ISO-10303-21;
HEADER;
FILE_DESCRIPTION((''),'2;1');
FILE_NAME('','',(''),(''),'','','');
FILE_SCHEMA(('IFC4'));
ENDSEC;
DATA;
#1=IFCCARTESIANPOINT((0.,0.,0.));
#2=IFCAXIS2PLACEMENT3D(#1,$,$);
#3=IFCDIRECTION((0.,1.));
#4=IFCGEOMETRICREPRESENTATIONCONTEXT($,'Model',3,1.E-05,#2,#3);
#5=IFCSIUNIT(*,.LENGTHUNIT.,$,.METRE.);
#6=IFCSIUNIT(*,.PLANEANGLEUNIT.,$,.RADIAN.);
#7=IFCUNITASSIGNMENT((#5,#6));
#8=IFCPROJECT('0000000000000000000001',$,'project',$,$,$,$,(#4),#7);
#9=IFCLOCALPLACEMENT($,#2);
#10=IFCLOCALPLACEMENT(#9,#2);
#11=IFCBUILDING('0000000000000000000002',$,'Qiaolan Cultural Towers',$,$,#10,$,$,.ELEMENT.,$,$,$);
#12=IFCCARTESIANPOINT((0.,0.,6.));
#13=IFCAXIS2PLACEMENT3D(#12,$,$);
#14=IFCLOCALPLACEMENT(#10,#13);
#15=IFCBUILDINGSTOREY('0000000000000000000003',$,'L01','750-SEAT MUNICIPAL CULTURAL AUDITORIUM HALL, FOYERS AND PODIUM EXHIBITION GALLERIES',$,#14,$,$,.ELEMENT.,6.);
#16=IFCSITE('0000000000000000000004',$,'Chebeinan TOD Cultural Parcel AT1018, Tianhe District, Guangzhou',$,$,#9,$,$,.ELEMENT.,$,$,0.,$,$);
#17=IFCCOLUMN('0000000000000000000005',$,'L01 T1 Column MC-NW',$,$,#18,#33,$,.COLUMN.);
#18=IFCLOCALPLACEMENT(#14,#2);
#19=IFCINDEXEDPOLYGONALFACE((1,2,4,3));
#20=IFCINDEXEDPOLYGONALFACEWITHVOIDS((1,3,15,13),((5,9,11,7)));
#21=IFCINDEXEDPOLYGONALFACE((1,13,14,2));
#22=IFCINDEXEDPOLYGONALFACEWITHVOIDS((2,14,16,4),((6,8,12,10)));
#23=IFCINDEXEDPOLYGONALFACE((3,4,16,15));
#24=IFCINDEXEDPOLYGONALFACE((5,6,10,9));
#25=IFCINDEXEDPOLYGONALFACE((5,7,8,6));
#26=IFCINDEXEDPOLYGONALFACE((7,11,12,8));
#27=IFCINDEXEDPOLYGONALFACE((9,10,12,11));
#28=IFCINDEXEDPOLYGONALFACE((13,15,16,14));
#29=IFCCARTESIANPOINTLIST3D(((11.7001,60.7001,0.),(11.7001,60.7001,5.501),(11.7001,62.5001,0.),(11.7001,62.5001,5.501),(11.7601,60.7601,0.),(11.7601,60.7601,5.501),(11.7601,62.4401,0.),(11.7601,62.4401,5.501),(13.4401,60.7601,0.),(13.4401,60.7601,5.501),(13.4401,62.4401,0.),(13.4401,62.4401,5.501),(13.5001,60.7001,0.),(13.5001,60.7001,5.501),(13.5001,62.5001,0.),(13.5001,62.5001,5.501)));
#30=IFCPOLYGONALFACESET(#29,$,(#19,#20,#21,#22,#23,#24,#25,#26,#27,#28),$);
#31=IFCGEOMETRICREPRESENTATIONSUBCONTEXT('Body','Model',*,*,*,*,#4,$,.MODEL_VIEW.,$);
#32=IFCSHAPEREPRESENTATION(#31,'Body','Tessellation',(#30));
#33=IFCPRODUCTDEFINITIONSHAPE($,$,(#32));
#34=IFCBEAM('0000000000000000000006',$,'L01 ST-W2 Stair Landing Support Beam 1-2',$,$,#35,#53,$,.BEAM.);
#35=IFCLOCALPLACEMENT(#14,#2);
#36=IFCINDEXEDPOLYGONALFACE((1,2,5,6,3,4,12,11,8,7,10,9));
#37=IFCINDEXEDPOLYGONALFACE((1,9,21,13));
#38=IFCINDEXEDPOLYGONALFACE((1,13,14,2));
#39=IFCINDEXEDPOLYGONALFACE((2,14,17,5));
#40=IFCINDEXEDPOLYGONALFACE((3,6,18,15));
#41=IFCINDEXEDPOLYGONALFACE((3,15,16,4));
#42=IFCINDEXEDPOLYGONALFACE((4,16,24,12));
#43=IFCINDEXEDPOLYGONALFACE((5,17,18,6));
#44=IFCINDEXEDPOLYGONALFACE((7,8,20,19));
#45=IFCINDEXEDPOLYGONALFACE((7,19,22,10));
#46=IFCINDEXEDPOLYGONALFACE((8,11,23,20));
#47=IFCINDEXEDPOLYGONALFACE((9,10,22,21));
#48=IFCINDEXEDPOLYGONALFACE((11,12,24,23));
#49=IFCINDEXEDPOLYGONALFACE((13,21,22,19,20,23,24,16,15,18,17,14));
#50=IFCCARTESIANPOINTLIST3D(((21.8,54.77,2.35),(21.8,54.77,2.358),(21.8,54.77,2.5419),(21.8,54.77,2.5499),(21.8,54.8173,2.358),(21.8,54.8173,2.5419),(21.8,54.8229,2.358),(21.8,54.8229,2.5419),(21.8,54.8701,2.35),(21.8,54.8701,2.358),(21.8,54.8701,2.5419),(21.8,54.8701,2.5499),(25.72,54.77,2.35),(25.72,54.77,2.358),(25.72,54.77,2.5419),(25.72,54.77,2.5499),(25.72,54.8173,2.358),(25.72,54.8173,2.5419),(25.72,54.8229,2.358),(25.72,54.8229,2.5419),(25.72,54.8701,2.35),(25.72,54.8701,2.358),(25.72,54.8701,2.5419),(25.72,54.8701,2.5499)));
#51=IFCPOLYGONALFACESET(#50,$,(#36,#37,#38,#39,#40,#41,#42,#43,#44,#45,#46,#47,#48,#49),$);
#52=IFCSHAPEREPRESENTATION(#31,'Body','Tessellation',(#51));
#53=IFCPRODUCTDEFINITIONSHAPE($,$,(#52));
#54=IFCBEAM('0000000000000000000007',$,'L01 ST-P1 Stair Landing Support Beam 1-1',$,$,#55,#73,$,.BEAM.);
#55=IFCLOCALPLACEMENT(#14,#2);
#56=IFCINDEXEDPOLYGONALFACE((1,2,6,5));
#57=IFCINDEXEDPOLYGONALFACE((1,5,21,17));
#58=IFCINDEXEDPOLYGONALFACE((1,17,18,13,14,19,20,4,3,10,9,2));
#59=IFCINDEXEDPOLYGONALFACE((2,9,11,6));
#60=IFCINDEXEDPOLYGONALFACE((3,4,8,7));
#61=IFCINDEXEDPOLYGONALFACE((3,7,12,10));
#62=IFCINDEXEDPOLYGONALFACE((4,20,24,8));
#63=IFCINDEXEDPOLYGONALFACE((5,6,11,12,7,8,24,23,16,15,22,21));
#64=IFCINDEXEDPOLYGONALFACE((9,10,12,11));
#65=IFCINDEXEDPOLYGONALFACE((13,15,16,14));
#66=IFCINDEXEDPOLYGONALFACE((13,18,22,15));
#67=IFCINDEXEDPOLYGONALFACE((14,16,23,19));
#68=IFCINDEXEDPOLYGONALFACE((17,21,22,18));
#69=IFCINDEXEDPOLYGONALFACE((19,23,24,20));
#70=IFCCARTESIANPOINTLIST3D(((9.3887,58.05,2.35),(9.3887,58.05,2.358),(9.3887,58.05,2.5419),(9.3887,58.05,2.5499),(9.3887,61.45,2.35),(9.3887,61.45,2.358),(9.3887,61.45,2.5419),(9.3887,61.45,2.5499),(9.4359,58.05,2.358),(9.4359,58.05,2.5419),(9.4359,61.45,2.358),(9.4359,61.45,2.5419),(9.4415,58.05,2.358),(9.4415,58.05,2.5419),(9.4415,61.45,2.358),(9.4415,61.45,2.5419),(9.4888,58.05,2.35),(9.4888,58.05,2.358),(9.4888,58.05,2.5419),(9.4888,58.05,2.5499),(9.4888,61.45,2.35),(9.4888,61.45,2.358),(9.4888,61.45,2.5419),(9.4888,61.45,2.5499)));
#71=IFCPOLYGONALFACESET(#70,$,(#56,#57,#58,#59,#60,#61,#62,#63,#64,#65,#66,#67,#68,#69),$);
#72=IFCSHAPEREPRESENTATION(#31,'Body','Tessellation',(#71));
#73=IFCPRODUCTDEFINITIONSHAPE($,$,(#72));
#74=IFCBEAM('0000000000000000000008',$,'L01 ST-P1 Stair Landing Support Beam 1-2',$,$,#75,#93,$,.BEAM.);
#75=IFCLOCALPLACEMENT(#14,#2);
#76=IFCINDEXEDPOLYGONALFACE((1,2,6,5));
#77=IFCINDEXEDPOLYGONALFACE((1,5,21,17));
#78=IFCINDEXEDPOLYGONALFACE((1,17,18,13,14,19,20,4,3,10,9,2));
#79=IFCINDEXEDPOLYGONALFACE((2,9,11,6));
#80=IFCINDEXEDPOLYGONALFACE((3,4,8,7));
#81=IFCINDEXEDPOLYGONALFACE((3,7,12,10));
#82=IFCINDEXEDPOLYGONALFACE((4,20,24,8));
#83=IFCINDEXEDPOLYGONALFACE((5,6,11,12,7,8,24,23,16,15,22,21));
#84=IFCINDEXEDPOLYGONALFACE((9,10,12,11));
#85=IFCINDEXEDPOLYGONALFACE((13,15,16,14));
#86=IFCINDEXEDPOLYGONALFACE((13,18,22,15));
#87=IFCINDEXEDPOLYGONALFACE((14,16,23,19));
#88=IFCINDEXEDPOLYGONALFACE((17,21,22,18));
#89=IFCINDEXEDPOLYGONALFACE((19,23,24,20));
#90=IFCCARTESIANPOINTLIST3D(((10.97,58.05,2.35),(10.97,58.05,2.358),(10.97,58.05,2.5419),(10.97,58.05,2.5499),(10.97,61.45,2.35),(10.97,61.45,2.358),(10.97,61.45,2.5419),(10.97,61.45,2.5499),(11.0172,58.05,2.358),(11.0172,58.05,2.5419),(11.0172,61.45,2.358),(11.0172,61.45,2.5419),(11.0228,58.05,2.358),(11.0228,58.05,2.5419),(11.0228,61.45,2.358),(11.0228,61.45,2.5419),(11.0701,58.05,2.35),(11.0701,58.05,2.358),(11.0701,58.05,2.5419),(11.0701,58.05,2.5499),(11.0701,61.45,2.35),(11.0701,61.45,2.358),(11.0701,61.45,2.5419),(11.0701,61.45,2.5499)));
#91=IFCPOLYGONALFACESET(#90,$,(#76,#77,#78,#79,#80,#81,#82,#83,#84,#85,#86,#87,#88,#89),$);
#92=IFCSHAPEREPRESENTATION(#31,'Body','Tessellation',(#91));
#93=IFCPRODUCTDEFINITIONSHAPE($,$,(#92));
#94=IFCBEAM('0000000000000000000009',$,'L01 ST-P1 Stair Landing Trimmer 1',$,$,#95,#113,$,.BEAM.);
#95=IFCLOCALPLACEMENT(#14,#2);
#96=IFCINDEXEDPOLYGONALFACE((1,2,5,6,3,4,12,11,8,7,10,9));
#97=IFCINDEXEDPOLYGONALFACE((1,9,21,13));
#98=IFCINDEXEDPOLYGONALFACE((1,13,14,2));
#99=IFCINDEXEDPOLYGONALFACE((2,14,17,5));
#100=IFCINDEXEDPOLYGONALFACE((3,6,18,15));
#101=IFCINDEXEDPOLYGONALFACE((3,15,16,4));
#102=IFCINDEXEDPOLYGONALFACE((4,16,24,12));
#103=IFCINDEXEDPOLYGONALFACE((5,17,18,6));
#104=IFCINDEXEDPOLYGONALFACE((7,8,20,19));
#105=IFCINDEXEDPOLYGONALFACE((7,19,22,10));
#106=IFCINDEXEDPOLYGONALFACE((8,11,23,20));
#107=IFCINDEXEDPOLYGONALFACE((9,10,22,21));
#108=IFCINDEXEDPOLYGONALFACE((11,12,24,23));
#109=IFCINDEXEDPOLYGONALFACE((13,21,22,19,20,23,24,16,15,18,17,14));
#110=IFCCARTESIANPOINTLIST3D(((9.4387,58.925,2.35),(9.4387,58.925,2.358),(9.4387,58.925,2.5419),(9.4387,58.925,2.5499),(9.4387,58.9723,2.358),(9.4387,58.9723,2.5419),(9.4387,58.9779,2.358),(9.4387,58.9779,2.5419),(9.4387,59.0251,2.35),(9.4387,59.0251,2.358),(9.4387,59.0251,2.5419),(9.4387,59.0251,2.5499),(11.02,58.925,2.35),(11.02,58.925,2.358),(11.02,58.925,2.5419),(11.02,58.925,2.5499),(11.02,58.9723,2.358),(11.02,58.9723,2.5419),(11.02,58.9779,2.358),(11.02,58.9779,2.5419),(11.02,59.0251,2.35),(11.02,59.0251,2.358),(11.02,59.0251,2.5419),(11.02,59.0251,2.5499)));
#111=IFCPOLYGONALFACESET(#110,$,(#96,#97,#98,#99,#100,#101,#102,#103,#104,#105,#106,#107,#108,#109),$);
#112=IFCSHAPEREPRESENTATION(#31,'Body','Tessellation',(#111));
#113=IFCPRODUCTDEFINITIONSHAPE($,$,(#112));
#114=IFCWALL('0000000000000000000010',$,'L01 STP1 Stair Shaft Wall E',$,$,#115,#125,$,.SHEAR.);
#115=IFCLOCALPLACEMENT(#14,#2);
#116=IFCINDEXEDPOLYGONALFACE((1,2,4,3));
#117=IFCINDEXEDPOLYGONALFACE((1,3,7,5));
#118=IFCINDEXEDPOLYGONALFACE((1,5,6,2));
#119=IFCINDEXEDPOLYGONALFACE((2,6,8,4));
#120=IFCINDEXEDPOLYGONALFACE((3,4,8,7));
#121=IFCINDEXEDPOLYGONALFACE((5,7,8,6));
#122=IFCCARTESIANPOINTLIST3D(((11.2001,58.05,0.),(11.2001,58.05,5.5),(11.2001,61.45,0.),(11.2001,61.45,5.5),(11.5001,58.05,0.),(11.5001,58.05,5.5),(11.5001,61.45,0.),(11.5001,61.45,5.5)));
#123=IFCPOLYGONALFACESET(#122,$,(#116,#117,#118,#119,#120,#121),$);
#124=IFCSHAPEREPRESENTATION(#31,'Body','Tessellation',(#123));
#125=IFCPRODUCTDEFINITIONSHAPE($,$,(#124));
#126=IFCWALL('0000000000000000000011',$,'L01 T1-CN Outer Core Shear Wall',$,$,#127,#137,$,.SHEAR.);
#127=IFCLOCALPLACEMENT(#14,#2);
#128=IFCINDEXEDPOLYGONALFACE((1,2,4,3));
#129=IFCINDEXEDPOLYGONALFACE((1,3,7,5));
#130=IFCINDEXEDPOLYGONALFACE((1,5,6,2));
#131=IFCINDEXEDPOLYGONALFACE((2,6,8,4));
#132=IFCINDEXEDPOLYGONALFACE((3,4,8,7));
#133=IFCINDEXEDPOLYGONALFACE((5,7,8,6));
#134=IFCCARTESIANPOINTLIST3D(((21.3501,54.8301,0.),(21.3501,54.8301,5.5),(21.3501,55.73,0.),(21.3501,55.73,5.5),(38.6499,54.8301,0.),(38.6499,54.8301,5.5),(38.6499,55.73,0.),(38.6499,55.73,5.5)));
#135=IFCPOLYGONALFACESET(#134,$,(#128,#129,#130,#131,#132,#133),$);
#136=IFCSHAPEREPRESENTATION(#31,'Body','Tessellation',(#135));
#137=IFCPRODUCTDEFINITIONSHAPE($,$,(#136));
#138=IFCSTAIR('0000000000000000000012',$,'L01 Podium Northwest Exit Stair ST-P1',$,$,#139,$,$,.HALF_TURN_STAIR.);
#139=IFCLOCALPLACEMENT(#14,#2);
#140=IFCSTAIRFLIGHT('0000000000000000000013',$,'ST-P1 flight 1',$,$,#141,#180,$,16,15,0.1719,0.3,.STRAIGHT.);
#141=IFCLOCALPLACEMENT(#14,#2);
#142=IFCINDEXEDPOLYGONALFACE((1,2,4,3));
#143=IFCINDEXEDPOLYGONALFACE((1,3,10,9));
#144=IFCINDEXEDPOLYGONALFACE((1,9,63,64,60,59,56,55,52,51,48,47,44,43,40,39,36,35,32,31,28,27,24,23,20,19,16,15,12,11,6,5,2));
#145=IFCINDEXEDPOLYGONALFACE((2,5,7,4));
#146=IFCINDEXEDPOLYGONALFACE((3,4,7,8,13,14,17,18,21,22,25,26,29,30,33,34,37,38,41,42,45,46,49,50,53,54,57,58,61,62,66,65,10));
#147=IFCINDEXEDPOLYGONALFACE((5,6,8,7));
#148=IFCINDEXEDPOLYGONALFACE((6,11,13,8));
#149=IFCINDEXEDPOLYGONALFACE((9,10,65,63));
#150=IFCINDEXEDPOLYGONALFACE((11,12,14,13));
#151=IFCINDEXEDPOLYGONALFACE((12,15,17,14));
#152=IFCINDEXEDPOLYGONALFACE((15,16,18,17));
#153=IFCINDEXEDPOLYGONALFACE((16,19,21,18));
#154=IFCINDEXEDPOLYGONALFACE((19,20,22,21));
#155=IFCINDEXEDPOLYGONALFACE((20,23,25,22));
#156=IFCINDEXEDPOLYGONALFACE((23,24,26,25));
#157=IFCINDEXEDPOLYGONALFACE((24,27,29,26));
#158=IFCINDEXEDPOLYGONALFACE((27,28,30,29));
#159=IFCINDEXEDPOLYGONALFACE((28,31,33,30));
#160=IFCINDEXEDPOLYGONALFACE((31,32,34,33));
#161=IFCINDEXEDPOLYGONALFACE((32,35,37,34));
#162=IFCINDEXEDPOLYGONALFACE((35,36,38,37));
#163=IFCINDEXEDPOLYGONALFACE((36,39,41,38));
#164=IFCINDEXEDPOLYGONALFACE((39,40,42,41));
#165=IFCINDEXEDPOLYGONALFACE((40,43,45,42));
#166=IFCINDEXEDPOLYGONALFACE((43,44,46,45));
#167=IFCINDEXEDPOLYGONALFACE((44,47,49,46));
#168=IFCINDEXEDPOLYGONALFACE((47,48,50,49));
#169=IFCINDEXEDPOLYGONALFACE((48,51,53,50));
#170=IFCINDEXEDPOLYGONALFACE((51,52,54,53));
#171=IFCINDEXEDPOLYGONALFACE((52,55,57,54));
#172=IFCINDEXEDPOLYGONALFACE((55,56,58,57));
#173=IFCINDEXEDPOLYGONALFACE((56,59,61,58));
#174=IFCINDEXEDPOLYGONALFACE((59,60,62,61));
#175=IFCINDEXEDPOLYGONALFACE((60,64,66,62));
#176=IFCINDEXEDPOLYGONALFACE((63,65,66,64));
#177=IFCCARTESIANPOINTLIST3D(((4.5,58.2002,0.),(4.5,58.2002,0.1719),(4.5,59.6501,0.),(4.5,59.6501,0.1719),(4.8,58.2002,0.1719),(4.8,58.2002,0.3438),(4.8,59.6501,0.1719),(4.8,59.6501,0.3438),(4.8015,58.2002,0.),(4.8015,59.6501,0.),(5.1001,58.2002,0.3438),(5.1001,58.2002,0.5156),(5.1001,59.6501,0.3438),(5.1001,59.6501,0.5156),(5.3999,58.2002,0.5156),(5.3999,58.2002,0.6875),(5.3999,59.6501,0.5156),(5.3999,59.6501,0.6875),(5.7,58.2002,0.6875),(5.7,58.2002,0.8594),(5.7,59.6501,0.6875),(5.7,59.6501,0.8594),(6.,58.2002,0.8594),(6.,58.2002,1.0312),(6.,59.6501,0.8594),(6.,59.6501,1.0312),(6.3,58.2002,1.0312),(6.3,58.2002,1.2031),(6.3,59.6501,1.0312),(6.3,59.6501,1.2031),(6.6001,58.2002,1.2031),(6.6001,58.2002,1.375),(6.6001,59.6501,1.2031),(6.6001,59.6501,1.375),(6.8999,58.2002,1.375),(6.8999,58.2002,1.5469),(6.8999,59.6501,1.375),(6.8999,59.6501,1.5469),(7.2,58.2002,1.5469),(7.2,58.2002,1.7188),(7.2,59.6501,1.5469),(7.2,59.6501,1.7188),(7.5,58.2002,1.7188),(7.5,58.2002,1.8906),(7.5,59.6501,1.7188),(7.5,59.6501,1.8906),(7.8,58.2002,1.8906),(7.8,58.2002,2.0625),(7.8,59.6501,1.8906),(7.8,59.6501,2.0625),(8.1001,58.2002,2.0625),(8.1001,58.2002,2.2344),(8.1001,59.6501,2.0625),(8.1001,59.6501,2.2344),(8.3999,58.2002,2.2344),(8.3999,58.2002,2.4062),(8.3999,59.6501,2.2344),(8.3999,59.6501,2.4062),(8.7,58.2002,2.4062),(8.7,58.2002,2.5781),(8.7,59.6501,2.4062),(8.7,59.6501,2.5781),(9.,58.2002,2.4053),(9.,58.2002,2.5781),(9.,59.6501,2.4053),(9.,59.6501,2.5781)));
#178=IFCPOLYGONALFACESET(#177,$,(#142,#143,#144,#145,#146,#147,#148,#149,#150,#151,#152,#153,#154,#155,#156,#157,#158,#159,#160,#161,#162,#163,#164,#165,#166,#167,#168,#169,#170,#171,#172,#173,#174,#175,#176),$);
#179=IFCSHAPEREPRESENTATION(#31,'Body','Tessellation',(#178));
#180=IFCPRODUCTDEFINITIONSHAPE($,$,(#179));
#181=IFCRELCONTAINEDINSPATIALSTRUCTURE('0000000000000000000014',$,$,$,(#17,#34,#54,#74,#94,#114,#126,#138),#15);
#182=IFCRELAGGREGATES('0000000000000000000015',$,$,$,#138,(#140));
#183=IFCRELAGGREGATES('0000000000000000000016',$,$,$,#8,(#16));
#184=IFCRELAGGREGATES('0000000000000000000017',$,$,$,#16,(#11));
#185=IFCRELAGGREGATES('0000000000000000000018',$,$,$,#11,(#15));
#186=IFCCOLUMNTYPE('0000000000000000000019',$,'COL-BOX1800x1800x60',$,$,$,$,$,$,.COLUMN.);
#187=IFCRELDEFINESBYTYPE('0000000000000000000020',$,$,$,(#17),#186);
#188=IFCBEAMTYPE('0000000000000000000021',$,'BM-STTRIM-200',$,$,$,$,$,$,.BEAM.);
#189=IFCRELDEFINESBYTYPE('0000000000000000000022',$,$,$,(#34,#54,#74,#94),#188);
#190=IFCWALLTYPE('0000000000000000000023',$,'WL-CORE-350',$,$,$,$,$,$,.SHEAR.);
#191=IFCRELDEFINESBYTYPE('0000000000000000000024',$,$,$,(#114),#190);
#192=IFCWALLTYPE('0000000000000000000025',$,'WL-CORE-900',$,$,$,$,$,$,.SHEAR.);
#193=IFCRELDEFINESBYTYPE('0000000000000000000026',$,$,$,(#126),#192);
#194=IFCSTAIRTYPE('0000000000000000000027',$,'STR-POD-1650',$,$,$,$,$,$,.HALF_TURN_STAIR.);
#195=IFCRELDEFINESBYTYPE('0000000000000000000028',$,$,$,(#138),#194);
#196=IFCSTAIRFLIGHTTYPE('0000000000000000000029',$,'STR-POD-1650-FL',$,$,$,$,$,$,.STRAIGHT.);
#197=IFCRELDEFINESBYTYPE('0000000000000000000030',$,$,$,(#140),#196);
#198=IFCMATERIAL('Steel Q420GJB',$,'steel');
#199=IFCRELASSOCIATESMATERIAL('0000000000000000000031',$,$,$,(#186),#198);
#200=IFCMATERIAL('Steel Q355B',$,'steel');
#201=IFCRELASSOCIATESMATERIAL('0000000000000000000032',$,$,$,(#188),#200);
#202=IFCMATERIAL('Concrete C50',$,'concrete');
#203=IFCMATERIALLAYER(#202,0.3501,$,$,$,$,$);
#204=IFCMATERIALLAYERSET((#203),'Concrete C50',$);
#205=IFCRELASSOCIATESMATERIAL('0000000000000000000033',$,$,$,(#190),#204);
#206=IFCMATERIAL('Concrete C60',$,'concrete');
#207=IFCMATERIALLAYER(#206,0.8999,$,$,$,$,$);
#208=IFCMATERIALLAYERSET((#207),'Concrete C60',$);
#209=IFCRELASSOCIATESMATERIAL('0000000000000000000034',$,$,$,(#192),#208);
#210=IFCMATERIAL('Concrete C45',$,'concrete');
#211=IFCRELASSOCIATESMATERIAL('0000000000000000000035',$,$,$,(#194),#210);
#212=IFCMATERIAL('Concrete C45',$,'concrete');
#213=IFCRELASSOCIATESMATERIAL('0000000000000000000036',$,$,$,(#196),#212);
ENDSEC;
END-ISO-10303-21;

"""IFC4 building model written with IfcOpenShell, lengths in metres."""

from ifc_helpers import new_model, si_unit, direction, frame, frame_2d, origin, origin_2d, place, context, subcontext, project, spatial, polyline, rectangle, hollow_rectangle, i_section, outline, extrude, material, layer, layer_set, material_profile, profile_set, type_object, element, aggregate, save


model = new_model("IFC4")

# Units and contexts
model_context = context("Model", 3, precision=1e-05, world=origin(), true_north=direction((0.0, 1.0)))
body_context = subcontext(model_context, "Body", "Model", "MODEL_VIEW")
ifc_project = project(units=[si_unit("LENGTHUNIT", "METRE"), si_unit("PLANEANGLEUNIT", "RADIAN")], contexts=[model_context])

# Site, building, storey
site_placement = place(None, origin())
site = spatial("IfcSite", under=ifc_project, at=site_placement, Name="Chebeinan TOD Cultural Parcel AT1018, Tianhe District, Guangzhou", CompositionType="ELEMENT", RefElevation=0.0)
building_placement = place(site_placement, origin())
building = spatial("IfcBuilding", under=site, at=building_placement, Name="Qiaolan Cultural Towers", CompositionType="ELEMENT")
storey_placement = place(building_placement, frame((0.0, 0.0, 6.0)))
storey = spatial("IfcBuildingStorey", under=building, at=storey_placement, Name="L01", Description="750-SEAT MUNICIPAL CULTURAL AUDITORIUM HALL, FOYERS AND PODIUM EXHIBITION GALLERIES", CompositionType="ELEMENT", Elevation=6.0)

# Column
ifc_material_1 = material(Name="Steel Q420GJB", Category="steel")
ifc_material_profile_1 = material_profile(ifc_material_1, hollow_rectangle(XDim=1.8, YDim=1.8, WallThickness=0.0601, at=origin_2d()), Name="BOX1800x1800x60")
ifc_profile_set_1 = profile_set([ifc_material_profile_1], Name="Steel Q420GJB")
column_type = type_object("IfcColumnType", Name="COL-BOX1800x1800x60", PredefinedType="COLUMN", material=ifc_profile_set_1)
column_placement = place(storey_placement, frame((12.6001, 61.6001, 0.0), z_axis=(0.0, 0.0, 1.0), x_axis=(1.0, 0.0, 0.0)))
element("IfcColumn", 1, at=column_placement, inside=storey, type_object=column_type, Name="L01 T1 Column MC-NW", PredefinedType="COLUMN", context=body_context, shape_type="SweptSolid", body=[
    extrude(hollow_rectangle(XDim=1.8, YDim=1.8, WallThickness=0.0601, at=origin_2d()), origin(), (0.0, 0.0, 1.0), 5.501),
])

# Beams
ifc_material_2 = material(Name="Steel Q355B", Category="steel")
ifc_material_profile_2 = material_profile(ifc_material_2, i_section(OverallWidth=0.1001, OverallDepth=0.2, WebThickness=0.0056, FlangeThickness=0.0081, at=origin_2d()), Name="HN200x100x5.5x8")
ifc_profile_set_2 = profile_set([ifc_material_profile_2], Name="Steel Q355B")
beam_type = type_object("IfcBeamType", Name="BM-STTRIM-200", PredefinedType="BEAM", material=ifc_profile_set_2)
beam_1_placement = place(storey_placement, frame((21.8, 54.8201, 2.45), z_axis=(1.0, 0.0, 0.0), x_axis=(0.0, 1.0, 0.0)))
element("IfcBeam", 2, at=beam_1_placement, inside=storey, type_object=beam_type, Name="L01 ST-W2 Stair Landing Support Beam 1-2", PredefinedType="BEAM", context=body_context, shape_type="SweptSolid", body=[
    extrude(i_section(OverallWidth=0.1001, OverallDepth=0.2, WebThickness=0.0056, FlangeThickness=0.0081, at=origin_2d()), origin(), (0.0, 0.0, 1.0), 3.9199),
])
for number, where, z_axis, x_axis, name in (
    (3, (9.4387, 58.05, 2.45), (0.0, 1.0, 0.0), (-1.0, 0.0, 0.0), "L01 ST-P1 Stair Landing Support Beam 1-1"),
    (4, (11.02, 58.05, 2.45), (0.0, 1.0, 0.0), (-1.0, 0.0, 0.0), "L01 ST-P1 Stair Landing Support Beam 1-2"),
):
    element("IfcBeam", number, at=place(storey_placement, frame(where, z_axis=z_axis, x_axis=x_axis)), inside=storey, type_object=beam_type, Name=name, PredefinedType="BEAM", context=body_context, shape_type="SweptSolid", body=[
        extrude(i_section(OverallWidth=0.1001, OverallDepth=0.2, WebThickness=0.0056, FlangeThickness=0.0081, at=origin_2d()), origin(), (0.0, 0.0, 1.0), 3.3999),
    ])
beam_2_placement = place(storey_placement, frame((9.4387, 58.9751, 2.45), z_axis=(1.0, 0.0, 0.0), x_axis=(0.0, 1.0, 0.0)))
element("IfcBeam", 5, at=beam_2_placement, inside=storey, type_object=beam_type, Name="L01 ST-P1 Stair Landing Trimmer 1", PredefinedType="BEAM", context=body_context, shape_type="SweptSolid", body=[
    extrude(i_section(OverallWidth=0.1001, OverallDepth=0.2, WebThickness=0.0056, FlangeThickness=0.0081, at=origin_2d()), origin(), (0.0, 0.0, 1.0), 1.5813),
])

# Walls
ifc_material_3 = material(Name="Concrete C50", Category="concrete")
ifc_layer_1 = layer(ifc_material_3, 0.3501)
ifc_layer_set_1 = layer_set([ifc_layer_1], Name="Concrete C50")
wall_type_1 = type_object("IfcWallType", Name="WL-CORE-350", PredefinedType="SHEAR", material=ifc_layer_set_1)
wall_1_placement = place(storey_placement, frame((11.3501, 58.05, 0.0), z_axis=(0.0, 0.0, 1.0), x_axis=(0.0, 1.0, 0.0)))
element("IfcWall", 6, at=wall_1_placement, inside=storey, type_object=wall_type_1, Name="L01 STP1 Stair Shaft Wall E", PredefinedType="SHEAR", context=body_context, shape_type="SweptSolid", body=[
    extrude(rectangle(XDim=3.3999, YDim=0.3, at=frame_2d((1.7, 0.0))), origin(), (0.0, 0.0, 1.0), 5.5),
])
ifc_material_4 = material(Name="Concrete C60", Category="concrete")
ifc_layer_2 = layer(ifc_material_4, 0.8999)
ifc_layer_set_2 = layer_set([ifc_layer_2], Name="Concrete C60")
wall_type_2 = type_object("IfcWallType", Name="WL-CORE-900", PredefinedType="SHEAR", material=ifc_layer_set_2)
wall_2_placement = place(storey_placement, frame((21.3501, 55.28, 0.0), z_axis=(0.0, 0.0, 1.0), x_axis=(1.0, 0.0, 0.0)))
element("IfcWall", 7, at=wall_2_placement, inside=storey, type_object=wall_type_2, Name="L01 T1-CN Outer Core Shear Wall", PredefinedType="SHEAR", context=body_context, shape_type="SweptSolid", body=[
    extrude(rectangle(XDim=17.2998, YDim=0.8999, at=frame_2d((8.6499, 0.0))), origin(), (0.0, 0.0, 1.0), 5.5),
])

# Stair, stair flight
ifc_material_5 = material(Name="Concrete C45", Category="concrete")
stair_type = type_object("IfcStairType", Name="STR-POD-1650", PredefinedType="HALF_TURN_STAIR", material=ifc_material_5)
stair_placement = place(storey_placement, origin())
stair = element("IfcStair", 8, at=stair_placement, inside=storey, type_object=stair_type, Name="L01 Podium Northwest Exit Stair ST-P1", PredefinedType="HALF_TURN_STAIR")
ifc_material_6 = material(Name="Concrete C45", Category="concrete")
stair_flight_type = type_object("IfcStairFlightType", Name="STR-POD-1650-FL", PredefinedType="STRAIGHT", material=ifc_material_6)
stair_flight_1_placement = place(storey_placement, frame((4.5, 58.925, 0.0), z_axis=(0.0, 0.0, 1.0), x_axis=(1.0, 0.0, 0.0)))
stair_flight_1 = element("IfcStairFlight", 9, at=stair_flight_1_placement, type_object=stair_flight_type, Name="ST-P1 flight 1", NumberOfRisers=16, NumberOfTreads=15, PredefinedType="STRAIGHT", RiserHeight=0.1719, TreadLength=0.3, context=body_context, shape_type="SweptSolid", body=[
    extrude(outline(polyline([(0.0, 0.0), (0.0, 0.1719), (0.3, 0.1719), (0.3, 0.3438), (0.6001, 0.3438), (0.6001, 0.5156), (0.8999, 0.5156), (0.8999, 0.6875), (1.2, 0.6875), (1.2, 0.8594), (1.5, 0.8594), (1.5, 1.0312), (1.8, 1.0312), (1.8, 1.2031), (2.1001, 1.2031), (2.1001, 1.375), (2.3999, 1.375), (2.3999, 1.5469), (2.7, 1.5469), (2.7, 1.7188), (3.0, 1.7188), (3.0, 1.8906), (3.3, 1.8906), (3.3, 2.0625), (3.6001, 2.0625), (3.6001, 2.2344), (3.8999, 2.2344), (3.8999, 2.4062), (4.2, 2.4062), (4.2, 2.5781), (4.5, 2.5781), (4.5, 2.75), (4.5, 2.4053), (0.3015, 0.0), (0.0, 0.0)])), frame((0.0, 0.7251, 0.0), z_axis=(0.0, -1.0, 0.0), x_axis=(1.0, 0.0, 0.0)), (0.0, 0.0, 1.0), 1.45),
])
aggregate(stair, [stair_flight_1])

save(model, "model.ifc")
